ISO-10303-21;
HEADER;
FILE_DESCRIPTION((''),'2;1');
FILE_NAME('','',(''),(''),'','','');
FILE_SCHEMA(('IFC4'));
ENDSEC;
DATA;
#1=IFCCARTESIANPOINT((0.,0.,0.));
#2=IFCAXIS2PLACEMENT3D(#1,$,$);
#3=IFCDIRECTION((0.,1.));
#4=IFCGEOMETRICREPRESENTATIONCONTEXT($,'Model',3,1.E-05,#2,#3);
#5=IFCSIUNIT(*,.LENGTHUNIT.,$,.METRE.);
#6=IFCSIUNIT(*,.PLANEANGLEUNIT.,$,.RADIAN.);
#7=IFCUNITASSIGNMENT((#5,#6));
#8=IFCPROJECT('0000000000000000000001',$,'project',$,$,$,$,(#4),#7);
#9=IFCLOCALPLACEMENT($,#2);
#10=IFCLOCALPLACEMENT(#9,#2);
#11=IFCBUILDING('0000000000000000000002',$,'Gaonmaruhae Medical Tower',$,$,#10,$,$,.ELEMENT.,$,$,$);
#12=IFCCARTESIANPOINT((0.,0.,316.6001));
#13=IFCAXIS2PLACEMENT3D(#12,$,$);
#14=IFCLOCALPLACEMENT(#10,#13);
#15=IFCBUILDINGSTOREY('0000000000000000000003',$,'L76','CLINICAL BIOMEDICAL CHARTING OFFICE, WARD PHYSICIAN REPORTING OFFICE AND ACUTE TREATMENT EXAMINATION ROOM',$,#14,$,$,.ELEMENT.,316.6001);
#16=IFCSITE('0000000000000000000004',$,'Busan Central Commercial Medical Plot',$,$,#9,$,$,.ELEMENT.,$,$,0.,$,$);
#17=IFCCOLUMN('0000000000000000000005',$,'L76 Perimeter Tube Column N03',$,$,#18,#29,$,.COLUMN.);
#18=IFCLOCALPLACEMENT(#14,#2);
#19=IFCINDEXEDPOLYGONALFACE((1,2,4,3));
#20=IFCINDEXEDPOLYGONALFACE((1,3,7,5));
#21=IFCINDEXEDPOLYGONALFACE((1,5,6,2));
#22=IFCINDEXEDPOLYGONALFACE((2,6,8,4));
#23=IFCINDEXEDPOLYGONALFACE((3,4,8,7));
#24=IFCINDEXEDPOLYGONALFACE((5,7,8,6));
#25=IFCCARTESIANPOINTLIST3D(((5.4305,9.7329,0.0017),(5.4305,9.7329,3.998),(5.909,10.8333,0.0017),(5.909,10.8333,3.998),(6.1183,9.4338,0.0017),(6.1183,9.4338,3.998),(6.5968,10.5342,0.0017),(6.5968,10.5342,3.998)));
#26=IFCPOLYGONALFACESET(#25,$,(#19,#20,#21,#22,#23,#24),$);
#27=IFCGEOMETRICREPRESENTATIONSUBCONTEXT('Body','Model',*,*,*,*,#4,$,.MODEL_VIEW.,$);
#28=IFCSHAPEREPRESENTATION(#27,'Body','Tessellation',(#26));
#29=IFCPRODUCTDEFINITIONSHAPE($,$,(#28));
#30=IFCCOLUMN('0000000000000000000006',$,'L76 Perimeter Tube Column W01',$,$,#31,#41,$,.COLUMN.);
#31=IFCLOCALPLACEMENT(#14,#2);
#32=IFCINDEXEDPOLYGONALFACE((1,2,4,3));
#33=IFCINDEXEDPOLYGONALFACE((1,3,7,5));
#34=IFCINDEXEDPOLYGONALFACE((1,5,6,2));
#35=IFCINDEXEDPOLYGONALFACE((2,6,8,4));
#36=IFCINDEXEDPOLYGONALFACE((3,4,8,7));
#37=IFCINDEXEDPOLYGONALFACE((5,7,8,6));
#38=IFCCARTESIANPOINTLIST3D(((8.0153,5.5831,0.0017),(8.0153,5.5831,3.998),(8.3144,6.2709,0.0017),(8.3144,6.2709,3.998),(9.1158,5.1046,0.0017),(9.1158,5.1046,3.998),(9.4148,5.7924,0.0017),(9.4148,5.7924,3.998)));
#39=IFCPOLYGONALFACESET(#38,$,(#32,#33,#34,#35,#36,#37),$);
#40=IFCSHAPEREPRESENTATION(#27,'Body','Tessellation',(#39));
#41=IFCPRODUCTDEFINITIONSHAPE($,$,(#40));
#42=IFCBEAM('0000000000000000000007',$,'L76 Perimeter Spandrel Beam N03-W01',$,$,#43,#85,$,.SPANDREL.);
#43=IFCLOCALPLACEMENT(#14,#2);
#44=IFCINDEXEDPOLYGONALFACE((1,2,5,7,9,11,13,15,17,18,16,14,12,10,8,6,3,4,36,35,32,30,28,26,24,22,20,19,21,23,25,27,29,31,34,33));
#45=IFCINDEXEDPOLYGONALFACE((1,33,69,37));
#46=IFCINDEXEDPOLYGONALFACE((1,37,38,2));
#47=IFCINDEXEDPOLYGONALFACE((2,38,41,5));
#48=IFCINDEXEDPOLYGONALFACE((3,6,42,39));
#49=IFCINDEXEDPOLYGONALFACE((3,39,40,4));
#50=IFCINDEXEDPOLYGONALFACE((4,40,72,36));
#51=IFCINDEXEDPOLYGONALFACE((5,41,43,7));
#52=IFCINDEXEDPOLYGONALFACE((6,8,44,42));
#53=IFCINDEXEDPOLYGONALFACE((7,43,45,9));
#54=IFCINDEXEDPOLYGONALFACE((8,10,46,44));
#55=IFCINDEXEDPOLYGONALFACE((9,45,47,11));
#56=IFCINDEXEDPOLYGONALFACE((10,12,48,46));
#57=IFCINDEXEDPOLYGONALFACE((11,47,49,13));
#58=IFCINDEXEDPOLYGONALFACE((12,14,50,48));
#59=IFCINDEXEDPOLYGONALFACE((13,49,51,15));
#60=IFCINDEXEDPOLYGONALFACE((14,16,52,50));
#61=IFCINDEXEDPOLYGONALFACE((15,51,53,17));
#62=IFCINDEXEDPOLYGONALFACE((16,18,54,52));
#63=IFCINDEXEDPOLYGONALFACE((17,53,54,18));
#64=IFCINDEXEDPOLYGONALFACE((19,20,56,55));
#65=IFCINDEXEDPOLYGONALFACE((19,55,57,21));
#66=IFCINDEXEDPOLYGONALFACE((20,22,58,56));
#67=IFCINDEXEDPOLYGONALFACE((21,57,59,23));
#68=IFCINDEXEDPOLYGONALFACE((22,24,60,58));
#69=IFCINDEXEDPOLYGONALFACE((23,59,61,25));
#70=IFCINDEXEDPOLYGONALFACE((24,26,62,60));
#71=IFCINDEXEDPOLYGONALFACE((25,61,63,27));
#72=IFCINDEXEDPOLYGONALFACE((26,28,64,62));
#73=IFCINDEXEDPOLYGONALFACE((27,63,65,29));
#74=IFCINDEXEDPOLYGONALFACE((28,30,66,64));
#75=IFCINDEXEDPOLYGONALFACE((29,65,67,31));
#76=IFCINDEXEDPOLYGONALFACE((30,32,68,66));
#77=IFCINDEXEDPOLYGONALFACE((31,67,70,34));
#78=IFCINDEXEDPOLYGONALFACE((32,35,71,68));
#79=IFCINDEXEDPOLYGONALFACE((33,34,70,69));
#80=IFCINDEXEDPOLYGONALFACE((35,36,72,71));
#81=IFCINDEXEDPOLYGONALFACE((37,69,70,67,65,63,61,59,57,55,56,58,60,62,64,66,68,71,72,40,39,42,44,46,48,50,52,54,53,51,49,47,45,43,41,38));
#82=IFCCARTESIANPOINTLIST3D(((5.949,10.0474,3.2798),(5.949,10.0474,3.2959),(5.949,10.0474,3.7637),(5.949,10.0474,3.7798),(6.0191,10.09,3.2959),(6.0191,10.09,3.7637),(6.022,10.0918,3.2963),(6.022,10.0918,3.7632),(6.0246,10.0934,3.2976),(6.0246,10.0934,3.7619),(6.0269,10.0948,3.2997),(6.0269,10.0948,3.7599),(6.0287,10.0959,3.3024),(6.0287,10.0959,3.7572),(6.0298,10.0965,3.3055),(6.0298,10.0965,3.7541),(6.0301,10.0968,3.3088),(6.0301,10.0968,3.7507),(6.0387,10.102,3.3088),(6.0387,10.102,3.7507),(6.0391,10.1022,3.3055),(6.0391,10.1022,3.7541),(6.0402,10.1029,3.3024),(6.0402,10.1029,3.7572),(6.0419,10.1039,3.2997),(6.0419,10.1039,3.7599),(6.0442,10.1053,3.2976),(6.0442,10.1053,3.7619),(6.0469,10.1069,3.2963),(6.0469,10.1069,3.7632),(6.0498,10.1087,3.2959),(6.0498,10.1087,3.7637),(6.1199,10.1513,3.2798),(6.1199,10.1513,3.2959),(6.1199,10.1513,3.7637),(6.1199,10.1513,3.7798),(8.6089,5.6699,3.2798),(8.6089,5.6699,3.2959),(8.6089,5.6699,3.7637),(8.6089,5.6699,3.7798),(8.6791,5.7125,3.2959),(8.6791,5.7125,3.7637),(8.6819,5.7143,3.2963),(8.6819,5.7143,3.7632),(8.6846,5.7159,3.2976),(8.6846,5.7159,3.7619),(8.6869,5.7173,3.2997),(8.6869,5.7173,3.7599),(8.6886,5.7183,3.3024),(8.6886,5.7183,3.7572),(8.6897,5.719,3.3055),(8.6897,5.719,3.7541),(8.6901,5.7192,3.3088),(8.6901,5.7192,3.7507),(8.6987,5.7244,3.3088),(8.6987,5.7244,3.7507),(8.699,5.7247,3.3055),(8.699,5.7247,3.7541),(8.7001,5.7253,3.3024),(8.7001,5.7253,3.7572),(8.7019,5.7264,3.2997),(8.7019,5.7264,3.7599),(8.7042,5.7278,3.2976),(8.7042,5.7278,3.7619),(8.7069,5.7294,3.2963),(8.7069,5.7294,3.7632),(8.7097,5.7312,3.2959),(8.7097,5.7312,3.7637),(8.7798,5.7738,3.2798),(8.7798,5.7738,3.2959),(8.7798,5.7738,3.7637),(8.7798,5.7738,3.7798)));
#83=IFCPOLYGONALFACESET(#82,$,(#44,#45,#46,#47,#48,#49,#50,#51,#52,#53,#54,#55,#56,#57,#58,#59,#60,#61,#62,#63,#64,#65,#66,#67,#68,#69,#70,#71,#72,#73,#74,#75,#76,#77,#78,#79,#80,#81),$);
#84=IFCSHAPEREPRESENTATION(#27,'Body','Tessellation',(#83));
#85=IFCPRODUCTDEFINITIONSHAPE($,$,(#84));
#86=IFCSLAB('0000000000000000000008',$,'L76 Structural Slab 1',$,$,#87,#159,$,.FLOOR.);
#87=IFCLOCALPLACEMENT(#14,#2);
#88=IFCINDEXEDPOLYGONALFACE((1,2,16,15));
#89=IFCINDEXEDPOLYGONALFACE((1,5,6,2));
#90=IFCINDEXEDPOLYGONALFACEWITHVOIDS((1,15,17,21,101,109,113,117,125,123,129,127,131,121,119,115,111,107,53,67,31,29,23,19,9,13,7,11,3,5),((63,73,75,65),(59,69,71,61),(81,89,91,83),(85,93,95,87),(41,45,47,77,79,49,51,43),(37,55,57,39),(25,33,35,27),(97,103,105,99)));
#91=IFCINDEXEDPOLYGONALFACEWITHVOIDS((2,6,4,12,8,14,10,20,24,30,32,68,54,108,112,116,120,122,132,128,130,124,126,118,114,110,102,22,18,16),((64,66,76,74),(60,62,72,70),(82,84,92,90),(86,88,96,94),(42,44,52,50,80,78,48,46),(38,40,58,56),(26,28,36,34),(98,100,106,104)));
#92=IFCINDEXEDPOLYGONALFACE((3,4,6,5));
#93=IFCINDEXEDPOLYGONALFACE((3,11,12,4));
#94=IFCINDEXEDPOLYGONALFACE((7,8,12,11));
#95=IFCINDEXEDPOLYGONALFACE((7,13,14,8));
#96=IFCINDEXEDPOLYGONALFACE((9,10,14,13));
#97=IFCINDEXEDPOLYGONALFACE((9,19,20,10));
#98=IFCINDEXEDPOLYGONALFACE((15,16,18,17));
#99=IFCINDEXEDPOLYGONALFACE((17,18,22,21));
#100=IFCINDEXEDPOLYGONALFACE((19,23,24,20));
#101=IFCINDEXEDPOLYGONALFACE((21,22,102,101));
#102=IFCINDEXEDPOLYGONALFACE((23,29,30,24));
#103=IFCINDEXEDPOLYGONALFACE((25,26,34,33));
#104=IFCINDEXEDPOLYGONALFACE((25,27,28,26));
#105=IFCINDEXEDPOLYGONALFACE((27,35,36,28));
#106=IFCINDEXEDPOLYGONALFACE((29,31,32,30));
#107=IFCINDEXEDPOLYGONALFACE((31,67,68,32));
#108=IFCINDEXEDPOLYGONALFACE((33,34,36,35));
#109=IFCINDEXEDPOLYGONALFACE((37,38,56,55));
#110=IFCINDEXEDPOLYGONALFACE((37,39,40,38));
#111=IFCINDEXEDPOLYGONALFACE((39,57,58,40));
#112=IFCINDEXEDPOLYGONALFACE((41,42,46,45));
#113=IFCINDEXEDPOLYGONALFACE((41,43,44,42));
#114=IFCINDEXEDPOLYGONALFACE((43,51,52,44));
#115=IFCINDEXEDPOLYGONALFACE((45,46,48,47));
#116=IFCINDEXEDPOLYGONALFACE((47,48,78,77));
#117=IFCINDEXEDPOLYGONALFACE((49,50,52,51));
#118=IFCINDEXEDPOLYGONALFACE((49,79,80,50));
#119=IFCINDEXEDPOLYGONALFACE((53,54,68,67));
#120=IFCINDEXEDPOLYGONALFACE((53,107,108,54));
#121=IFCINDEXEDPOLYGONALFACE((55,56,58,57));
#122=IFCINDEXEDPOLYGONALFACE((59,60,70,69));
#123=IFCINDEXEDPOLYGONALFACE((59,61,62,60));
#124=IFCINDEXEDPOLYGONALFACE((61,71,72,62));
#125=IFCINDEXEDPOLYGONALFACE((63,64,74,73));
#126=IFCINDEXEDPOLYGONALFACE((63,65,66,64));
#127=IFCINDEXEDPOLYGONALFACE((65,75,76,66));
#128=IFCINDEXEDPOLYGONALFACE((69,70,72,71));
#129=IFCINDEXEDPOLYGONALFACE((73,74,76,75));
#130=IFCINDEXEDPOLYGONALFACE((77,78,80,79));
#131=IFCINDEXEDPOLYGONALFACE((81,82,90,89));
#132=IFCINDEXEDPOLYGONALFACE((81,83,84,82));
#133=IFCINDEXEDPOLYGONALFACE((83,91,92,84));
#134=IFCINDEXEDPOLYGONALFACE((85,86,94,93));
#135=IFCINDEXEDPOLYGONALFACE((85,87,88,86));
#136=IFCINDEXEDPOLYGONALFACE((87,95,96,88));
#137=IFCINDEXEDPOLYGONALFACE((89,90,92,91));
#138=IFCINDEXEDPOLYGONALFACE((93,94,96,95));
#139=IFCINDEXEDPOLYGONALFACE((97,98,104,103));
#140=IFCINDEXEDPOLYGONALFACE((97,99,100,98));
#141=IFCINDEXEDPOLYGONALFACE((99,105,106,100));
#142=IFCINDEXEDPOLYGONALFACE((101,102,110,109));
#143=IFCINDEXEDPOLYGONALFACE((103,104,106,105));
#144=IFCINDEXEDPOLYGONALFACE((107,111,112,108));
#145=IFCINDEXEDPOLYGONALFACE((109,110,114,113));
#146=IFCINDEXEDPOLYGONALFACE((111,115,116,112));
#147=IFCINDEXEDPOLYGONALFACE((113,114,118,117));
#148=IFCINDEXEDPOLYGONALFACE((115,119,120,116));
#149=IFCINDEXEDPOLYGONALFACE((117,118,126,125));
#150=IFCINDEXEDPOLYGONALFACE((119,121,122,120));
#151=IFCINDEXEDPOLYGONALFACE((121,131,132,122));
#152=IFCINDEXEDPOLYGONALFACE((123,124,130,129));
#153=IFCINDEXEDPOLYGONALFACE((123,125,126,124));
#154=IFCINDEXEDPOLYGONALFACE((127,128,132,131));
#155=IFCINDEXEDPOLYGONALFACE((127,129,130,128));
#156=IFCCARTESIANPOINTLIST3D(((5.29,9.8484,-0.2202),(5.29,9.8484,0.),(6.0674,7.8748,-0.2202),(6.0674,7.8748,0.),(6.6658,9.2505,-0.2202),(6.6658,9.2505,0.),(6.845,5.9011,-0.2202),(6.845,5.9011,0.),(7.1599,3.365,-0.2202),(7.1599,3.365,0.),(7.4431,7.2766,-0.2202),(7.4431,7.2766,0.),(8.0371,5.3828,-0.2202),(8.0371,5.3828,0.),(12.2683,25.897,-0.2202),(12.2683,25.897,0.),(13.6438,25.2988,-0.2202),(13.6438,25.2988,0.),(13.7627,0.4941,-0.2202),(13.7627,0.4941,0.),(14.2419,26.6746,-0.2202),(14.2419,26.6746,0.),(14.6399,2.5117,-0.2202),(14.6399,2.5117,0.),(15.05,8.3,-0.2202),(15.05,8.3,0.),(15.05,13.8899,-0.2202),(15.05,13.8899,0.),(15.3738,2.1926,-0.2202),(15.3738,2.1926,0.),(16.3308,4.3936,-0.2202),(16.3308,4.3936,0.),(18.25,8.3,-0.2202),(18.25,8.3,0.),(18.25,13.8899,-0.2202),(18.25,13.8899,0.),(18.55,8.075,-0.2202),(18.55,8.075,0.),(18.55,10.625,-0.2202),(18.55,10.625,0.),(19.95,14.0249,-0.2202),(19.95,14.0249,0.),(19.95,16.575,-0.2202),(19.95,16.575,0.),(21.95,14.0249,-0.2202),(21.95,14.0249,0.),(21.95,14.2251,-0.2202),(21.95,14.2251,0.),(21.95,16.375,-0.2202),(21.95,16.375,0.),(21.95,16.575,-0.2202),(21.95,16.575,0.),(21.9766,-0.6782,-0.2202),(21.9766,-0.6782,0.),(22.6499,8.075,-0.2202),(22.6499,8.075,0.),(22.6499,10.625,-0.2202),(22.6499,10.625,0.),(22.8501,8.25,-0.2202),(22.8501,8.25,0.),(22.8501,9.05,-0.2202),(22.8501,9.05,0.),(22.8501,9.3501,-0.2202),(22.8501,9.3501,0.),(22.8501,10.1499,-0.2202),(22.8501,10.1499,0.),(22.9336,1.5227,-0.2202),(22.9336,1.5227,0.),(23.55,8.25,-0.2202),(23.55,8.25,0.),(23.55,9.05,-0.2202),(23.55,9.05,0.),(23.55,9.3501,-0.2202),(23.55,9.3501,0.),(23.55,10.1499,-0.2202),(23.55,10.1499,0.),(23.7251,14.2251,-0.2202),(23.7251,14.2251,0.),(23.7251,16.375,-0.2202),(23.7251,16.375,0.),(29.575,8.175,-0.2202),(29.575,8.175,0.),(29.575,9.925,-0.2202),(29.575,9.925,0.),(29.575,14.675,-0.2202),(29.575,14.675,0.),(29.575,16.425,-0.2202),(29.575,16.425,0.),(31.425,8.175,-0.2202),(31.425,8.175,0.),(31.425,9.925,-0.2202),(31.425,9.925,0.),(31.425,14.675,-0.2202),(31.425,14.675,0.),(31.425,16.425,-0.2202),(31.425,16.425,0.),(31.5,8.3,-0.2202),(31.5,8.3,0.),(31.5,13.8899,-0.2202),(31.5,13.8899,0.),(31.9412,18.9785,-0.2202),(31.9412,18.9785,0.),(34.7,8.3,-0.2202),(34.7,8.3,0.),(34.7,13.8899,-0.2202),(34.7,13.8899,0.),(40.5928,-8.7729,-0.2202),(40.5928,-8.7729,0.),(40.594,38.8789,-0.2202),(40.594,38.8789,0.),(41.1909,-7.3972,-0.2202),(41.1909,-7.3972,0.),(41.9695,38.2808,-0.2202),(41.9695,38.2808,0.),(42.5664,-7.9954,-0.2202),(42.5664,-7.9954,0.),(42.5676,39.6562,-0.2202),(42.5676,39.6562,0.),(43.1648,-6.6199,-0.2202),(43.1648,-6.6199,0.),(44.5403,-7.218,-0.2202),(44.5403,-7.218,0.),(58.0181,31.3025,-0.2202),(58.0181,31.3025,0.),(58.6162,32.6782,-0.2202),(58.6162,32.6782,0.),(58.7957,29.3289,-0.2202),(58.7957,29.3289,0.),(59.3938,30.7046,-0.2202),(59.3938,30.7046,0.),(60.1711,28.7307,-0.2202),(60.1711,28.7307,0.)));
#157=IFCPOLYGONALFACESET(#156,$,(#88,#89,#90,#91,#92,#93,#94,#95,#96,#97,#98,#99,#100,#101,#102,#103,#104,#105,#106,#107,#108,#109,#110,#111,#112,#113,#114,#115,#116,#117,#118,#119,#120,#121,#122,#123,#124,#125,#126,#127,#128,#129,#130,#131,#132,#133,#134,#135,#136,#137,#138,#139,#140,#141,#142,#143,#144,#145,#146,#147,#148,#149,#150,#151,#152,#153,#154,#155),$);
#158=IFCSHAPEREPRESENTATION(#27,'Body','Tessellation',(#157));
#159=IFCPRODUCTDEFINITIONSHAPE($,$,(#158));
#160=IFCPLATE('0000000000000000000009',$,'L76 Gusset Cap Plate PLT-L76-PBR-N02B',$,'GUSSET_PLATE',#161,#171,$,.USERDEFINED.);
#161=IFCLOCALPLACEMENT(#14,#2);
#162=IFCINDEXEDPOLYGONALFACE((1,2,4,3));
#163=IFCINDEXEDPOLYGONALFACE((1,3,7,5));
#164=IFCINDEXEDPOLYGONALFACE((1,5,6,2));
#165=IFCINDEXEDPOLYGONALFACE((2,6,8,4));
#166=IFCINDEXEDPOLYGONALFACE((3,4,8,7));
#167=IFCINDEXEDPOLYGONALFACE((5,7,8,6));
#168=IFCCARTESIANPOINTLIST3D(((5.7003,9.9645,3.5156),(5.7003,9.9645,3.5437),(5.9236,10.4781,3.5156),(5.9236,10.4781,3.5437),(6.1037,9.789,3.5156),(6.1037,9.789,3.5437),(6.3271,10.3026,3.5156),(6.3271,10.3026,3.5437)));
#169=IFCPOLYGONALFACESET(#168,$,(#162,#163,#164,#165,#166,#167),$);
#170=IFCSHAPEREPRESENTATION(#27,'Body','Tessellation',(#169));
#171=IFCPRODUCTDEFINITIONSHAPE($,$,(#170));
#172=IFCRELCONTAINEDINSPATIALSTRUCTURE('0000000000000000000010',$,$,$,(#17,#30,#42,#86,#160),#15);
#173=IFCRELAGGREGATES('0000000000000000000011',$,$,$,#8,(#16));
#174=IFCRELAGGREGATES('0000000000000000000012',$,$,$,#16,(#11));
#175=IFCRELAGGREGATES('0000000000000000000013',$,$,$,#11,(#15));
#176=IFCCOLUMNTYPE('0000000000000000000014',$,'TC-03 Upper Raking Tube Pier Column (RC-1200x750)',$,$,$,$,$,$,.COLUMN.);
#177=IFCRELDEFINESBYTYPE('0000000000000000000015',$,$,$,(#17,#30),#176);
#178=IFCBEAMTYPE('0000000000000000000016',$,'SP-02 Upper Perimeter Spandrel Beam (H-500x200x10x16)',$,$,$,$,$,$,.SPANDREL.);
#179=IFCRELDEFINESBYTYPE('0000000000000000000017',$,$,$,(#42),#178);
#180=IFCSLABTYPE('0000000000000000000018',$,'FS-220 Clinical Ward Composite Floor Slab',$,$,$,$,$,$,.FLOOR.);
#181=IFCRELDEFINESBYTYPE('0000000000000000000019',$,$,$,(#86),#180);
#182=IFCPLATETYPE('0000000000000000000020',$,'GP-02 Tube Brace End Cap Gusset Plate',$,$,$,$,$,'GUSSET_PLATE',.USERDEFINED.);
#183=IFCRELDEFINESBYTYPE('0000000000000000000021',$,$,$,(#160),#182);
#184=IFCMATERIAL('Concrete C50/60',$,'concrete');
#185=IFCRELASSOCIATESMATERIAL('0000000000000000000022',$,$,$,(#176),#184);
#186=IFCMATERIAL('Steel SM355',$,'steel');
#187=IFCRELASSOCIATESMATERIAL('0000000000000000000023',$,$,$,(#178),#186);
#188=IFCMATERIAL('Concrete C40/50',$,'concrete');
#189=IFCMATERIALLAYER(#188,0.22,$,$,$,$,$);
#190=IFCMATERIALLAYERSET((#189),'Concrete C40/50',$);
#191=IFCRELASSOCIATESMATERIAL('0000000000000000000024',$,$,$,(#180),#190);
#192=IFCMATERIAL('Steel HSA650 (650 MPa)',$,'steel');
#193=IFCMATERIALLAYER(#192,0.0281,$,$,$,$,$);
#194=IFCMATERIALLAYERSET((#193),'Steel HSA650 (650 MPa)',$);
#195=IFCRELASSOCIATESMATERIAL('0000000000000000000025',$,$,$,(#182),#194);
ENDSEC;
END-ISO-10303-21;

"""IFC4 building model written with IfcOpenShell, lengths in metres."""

from ifc_helpers import new_model, si_unit, direction, frame, origin, origin_2d, place, context, subcontext, project, spatial, polyline, rectangle, i_section, outline, extrude, material, layer, layer_set, material_profile, profile_set, type_object, element, save


model = new_model("IFC4")

# Units and contexts
model_context = context("Model", 3, precision=1e-05, world=origin(), true_north=direction((0.0, 1.0)))
body_context = subcontext(model_context, "Body", "Model", "MODEL_VIEW")
ifc_project = project(units=[si_unit("LENGTHUNIT", "METRE"), si_unit("PLANEANGLEUNIT", "RADIAN")], contexts=[model_context])

# Site, building, storey
site_placement = place(None, origin())
site = spatial("IfcSite", under=ifc_project, at=site_placement, Name="Busan Central Commercial Medical Plot", CompositionType="ELEMENT", RefElevation=0.0)
building_placement = place(site_placement, origin())
building = spatial("IfcBuilding", under=site, at=building_placement, Name="Gaonmaruhae Medical Tower", CompositionType="ELEMENT")
storey_placement = place(building_placement, frame((0.0, 0.0, 316.6001)))
storey = spatial("IfcBuildingStorey", under=building, at=storey_placement, Name="L76", Description="CLINICAL BIOMEDICAL CHARTING OFFICE, WARD PHYSICIAN REPORTING OFFICE AND ACUTE TREATMENT EXAMINATION ROOM", CompositionType="ELEMENT", Elevation=316.6001)

# Columns
ifc_material_1 = material(Name="Concrete C50/60", Category="concrete")
ifc_material_profile_1 = material_profile(ifc_material_1, rectangle(XDim=1.2, YDim=0.75, at=origin_2d()), Name="RC-1200x750")
ifc_profile_set_1 = profile_set([ifc_material_profile_1], Name="Concrete C50/60")
column_type = type_object("IfcColumnType", Name="TC-03 Upper Raking Tube Pier Column (RC-1200x750)", PredefinedType="COLUMN", material=ifc_profile_set_1)
for number, where, z_axis, x_axis, name in (
    (1, (6.0137, 10.1335, 0.0017), (0.0, 0.0, 1.0), (0.398749, 0.91706, 0.0), "L76 Perimeter Tube Column N03"),
    (2, (8.7151, 5.6877, 0.0017), (0.0, 0.0, 1.0), (-0.91706, 0.398749, 0.0), "L76 Perimeter Tube Column W01"),
):
    element("IfcColumn", number, at=place(storey_placement, frame(where, z_axis=z_axis, x_axis=x_axis)), inside=storey, type_object=column_type, Name=name, PredefinedType="COLUMN", context=body_context, shape_type="SweptSolid", body=[
        extrude(rectangle(XDim=1.2, YDim=0.75, at=origin_2d()), origin(), (0.0, 0.0, 1.0), 3.9963),
    ])

# Beam
ifc_material_2 = material(Name="Steel SM355", Category="steel")
ifc_material_profile_2 = material_profile(ifc_material_2, i_section(OverallWidth=0.2, OverallDepth=0.5, WebThickness=0.01, FlangeThickness=0.0161, FilletRadius=0.0129, at=origin_2d()), Name="H-500x200x10x16")
ifc_profile_set_2 = profile_set([ifc_material_profile_2], Name="Steel SM355")
beam_type = type_object("IfcBeamType", Name="SP-02 Upper Perimeter Spandrel Beam (H-500x200x10x16)", PredefinedType="SPANDREL", material=ifc_profile_set_2)
beam_placement = place(storey_placement, frame((6.0344, 10.0994, 3.5298), z_axis=(0.519289, -0.854599, 0.0), x_axis=(0.854599, 0.519289, 0.0)))
element("IfcBeam", 3, at=beam_placement, inside=storey, type_object=beam_type, Name="L76 Perimeter Spandrel Beam N03-W01", PredefinedType="SPANDREL", context=body_context, shape_type="SweptSolid", body=[
    extrude(i_section(OverallWidth=0.2, OverallDepth=0.5, WebThickness=0.01, FlangeThickness=0.0161, FilletRadius=0.0129, at=origin_2d()), origin(), (0.0, 0.0, 1.0), 5.1223),
])

# Slab
ifc_material_3 = material(Name="Concrete C40/50", Category="concrete")
ifc_layer_1 = layer(ifc_material_3, 0.22)
ifc_layer_set_1 = layer_set([ifc_layer_1], Name="Concrete C40/50")
slab_type_1 = type_object("IfcSlabType", Name="FS-220 Clinical Ward Composite Floor Slab", PredefinedType="FLOOR", material=ifc_layer_set_1)
slab_1_placement = place(storey_placement, frame((0.0, 0.0, -0.2202)))
element("IfcSlab", 4, at=slab_1_placement, inside=storey, type_object=slab_type_1, Name="L76 Structural Slab 1", PredefinedType="FLOOR", context=body_context, shape_type="SweptSolid", body=[
    extrude(outline(polyline([(7.4431, 7.2766), (6.0674, 7.8748), (6.6658, 9.2505), (5.29, 9.8484), (12.2683, 25.897), (13.6438, 25.2988), (14.2419, 26.6746), (31.9412, 18.9785), (40.594, 38.8789), (41.9695, 38.2808), (42.5676, 39.6562), (58.6162, 32.6782), (58.0181, 31.3025), (59.3938, 30.7046), (58.7957, 29.3289), (60.1711, 28.7307), (44.5403, -7.218), (43.1648, -6.6199), (42.5664, -7.9954), (41.1909, -7.3972), (40.5928, -8.7729), (21.9766, -0.6782), (22.9336, 1.5227), (16.3308, 4.3936), (15.3738, 2.1926), (14.6399, 2.5117), (13.7627, 0.4941), (7.1599, 3.365), (8.0371, 5.3828), (6.845, 5.9011), (7.4431, 7.2766)]), holes=[polyline([(23.55, 8.25), (22.8501, 8.25), (22.8501, 9.05), (23.55, 9.05), (23.55, 8.25)]), polyline([(29.575, 9.925), (31.425, 9.925), (31.425, 8.175), (29.575, 8.175), (29.575, 9.925)]), polyline([(18.55, 10.625), (22.6499, 10.625), (22.6499, 8.075), (18.55, 8.075), (18.55, 10.625)]), polyline([(23.55, 9.3501), (22.8501, 9.3501), (22.8501, 10.1499), (23.55, 10.1499), (23.55, 9.3501)]), polyline([(15.05, 13.8899), (18.25, 13.8899), (18.25, 8.3), (15.05, 8.3), (15.05, 13.8899)]), polyline([(31.5, 13.8899), (34.7, 13.8899), (34.7, 8.3), (31.5, 8.3), (31.5, 13.8899)]), polyline([(23.7251, 14.2251), (21.95, 14.2251), (21.95, 14.0249), (19.95, 14.0249), (19.95, 16.575), (21.95, 16.575), (21.95, 16.375), (23.7251, 16.375), (23.7251, 14.2251)]), polyline([(31.425, 16.425), (31.425, 14.675), (29.575, 14.675), (29.575, 16.425), (31.425, 16.425)])]), origin(), (0.0, 0.0, 1.0), 0.2202),
])

# Plate
ifc_material_4 = material(Name="Steel HSA650 (650 MPa)", Category="steel")
ifc_layer_2 = layer(ifc_material_4, 0.0281)
ifc_layer_set_2 = layer_set([ifc_layer_2], Name="Steel HSA650 (650 MPa)")
plate_type = type_object("IfcPlateType", Name="GP-02 Tube Brace End Cap Gusset Plate", ElementType="GUSSET_PLATE", PredefinedType="USERDEFINED", material=ifc_layer_set_2)
plate_placement = place(storey_placement, frame((6.0137, 10.1335, 3.5156), z_axis=(0.0, 0.0, 1.0), x_axis=(0.398749, 0.91706, 0.0)))
element("IfcPlate", 5, at=plate_placement, inside=storey, type_object=plate_type, Name="L76 Gusset Cap Plate PLT-L76-PBR-N02B", ObjectType="GUSSET_PLATE", PredefinedType="USERDEFINED", context=body_context, shape_type="SweptSolid", body=[
    extrude(rectangle(XDim=0.5601, YDim=0.4399, at=origin_2d()), origin(), (0.0, 0.0, 1.0), 0.0281),
])

save(model, "model.ifc")
